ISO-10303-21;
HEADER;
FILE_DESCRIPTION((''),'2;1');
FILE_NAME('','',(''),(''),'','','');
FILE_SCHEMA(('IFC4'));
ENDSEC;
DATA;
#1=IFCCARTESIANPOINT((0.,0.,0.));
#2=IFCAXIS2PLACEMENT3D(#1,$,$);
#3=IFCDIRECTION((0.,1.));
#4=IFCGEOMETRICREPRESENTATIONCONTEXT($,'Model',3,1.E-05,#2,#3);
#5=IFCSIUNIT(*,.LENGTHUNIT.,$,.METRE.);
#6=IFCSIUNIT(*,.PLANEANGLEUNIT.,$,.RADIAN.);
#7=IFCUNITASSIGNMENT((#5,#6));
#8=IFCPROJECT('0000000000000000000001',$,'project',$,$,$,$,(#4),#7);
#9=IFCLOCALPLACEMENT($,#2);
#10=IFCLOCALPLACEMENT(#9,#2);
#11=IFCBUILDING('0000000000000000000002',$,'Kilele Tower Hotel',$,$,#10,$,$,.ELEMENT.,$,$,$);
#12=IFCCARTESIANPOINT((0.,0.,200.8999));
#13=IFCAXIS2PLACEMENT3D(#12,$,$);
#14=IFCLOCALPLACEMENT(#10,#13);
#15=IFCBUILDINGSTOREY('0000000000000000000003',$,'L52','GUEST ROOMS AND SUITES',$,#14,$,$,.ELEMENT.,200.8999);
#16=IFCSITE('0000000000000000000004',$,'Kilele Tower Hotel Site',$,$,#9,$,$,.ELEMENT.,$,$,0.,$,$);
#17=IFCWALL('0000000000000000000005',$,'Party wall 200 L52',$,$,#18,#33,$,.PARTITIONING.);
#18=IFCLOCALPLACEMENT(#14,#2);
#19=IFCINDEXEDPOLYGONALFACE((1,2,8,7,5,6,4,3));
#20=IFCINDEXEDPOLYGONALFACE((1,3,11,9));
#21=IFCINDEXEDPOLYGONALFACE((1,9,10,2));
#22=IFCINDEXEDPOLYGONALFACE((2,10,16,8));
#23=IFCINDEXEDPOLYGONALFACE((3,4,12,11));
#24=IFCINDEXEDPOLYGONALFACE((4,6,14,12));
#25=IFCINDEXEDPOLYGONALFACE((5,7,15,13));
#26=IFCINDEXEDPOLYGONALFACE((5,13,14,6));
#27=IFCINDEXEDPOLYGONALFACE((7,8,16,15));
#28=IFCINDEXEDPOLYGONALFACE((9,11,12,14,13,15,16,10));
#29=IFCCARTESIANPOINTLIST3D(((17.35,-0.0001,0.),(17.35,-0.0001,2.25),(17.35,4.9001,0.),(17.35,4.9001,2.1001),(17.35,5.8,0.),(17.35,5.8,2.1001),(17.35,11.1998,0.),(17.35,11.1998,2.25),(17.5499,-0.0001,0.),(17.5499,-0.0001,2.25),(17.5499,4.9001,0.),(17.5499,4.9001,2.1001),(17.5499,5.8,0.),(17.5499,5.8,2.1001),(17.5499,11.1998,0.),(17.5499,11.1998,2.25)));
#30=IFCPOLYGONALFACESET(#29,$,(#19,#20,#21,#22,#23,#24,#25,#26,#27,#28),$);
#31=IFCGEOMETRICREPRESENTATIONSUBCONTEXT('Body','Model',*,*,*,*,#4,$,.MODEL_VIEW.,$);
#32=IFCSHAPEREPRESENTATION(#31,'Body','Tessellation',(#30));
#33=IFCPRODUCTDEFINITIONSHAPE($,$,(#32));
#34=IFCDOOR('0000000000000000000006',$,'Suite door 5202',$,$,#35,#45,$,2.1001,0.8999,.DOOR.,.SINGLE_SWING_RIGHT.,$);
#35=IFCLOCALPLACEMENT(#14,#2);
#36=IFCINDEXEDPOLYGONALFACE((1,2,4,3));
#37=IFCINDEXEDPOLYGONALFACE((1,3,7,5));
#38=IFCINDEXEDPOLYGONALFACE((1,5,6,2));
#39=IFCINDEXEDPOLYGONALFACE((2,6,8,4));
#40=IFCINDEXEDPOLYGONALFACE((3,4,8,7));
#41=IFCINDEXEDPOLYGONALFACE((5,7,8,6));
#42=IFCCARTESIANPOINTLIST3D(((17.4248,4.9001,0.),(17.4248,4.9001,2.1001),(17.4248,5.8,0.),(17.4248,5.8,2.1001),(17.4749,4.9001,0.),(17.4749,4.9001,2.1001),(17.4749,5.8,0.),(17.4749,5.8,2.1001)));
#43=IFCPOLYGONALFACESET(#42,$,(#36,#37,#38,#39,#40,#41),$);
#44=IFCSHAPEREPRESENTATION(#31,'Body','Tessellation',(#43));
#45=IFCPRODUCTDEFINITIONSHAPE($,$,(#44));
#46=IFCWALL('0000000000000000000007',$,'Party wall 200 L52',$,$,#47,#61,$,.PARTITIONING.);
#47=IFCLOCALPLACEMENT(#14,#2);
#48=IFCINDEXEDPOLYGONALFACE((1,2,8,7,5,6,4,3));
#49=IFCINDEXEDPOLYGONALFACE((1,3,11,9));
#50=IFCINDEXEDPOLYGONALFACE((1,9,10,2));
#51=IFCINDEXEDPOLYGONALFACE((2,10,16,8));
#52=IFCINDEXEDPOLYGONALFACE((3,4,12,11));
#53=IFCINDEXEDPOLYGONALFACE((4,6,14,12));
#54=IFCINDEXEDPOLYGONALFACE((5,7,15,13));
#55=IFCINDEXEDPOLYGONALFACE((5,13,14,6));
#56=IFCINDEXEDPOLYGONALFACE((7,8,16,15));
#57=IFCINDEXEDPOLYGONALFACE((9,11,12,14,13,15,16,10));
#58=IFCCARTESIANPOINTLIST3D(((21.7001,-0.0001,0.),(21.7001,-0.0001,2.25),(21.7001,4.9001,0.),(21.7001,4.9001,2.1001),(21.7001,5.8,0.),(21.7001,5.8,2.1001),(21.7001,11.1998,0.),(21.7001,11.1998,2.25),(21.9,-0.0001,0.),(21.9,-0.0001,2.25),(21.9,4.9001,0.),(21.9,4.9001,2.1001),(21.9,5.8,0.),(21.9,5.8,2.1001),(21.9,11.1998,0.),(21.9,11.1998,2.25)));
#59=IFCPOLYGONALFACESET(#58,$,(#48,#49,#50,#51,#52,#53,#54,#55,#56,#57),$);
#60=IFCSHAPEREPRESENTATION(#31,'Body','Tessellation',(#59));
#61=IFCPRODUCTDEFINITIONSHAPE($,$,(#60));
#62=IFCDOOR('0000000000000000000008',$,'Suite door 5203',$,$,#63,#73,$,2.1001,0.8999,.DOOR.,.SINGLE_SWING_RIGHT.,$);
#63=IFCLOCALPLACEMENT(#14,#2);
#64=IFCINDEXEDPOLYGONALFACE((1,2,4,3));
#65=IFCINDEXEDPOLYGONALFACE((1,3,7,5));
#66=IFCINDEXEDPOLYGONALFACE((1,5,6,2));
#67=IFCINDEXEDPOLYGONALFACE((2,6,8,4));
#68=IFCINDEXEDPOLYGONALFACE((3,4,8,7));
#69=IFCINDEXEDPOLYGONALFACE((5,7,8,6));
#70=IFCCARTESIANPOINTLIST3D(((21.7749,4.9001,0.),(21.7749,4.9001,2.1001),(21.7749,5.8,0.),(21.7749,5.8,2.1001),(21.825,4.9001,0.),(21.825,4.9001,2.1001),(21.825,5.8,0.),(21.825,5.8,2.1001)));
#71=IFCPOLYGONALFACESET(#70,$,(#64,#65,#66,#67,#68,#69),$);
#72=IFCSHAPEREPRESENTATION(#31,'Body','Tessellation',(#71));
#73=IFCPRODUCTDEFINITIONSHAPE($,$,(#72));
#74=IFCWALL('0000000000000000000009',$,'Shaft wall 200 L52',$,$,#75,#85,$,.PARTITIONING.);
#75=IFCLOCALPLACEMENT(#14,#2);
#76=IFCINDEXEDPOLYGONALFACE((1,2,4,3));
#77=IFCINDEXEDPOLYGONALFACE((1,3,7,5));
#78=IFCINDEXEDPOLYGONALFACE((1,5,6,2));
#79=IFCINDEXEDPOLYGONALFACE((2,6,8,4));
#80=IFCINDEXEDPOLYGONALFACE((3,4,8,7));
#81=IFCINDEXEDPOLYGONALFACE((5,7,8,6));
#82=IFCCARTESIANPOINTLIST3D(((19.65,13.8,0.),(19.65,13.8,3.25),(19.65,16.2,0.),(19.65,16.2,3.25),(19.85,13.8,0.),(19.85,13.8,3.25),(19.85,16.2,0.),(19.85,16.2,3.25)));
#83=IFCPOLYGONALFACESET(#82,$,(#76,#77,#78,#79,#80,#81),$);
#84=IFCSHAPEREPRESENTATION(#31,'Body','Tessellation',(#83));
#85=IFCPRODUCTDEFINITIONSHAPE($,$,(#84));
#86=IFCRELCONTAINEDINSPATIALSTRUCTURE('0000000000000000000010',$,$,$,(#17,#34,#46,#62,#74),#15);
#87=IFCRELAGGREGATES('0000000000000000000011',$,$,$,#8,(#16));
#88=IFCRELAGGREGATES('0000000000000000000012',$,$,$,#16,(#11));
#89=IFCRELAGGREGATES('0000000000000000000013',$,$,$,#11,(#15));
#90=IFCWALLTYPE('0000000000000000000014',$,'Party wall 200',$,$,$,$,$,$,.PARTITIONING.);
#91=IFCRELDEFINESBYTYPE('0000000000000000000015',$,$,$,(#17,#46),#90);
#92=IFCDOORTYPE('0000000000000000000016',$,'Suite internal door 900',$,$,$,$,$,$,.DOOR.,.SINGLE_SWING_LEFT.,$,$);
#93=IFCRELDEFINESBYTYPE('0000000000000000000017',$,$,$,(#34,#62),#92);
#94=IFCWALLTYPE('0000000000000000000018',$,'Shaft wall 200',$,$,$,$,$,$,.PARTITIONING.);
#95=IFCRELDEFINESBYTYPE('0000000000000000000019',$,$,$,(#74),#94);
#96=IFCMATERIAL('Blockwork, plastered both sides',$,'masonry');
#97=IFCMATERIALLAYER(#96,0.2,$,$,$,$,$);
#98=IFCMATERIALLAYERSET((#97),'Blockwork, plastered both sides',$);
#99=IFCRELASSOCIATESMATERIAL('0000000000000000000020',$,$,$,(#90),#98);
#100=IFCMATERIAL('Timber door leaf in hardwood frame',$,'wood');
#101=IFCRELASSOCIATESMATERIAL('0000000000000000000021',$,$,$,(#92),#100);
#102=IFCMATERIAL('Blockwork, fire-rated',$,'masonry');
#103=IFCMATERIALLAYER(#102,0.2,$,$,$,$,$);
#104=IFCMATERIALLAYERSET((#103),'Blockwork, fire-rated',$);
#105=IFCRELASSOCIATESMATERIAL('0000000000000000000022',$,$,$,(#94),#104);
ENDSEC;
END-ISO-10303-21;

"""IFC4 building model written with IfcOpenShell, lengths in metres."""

from ifc_helpers import new_model, si_unit, direction, frame, frame_2d, origin, place, context, subcontext, project, spatial, rectangle, extrude, material, layer, layer_set, type_object, element, fill, save


model = new_model("IFC4")

# Units and contexts
model_context = context("Model", 3, precision=1e-05, world=origin(), true_north=direction((0.0, 1.0)))
body_context = subcontext(model_context, "Body", "Model", "MODEL_VIEW")
ifc_project = project(units=[si_unit("LENGTHUNIT", "METRE"), si_unit("PLANEANGLEUNIT", "RADIAN")], contexts=[model_context])

# Site, building, storey
site_placement = place(None, origin())
site = spatial("IfcSite", under=ifc_project, at=site_placement, Name="Kilele Tower Hotel Site", CompositionType="ELEMENT", RefElevation=0.0)
building_placement = place(site_placement, origin())
building = spatial("IfcBuilding", under=site, at=building_placement, Name="Kilele Tower Hotel", CompositionType="ELEMENT")
storey_placement = place(building_placement, frame((0.0, 0.0, 200.8999)))
storey = spatial("IfcBuildingStorey", under=building, at=storey_placement, Name="L52", Description="GUEST ROOMS AND SUITES", CompositionType="ELEMENT", Elevation=200.8999)

# Walls, openings, doors
ifc_material_1 = material(Name="Blockwork, plastered both sides", Category="masonry")
ifc_layer_1 = layer(ifc_material_1, 0.2)
ifc_layer_set_1 = layer_set([ifc_layer_1], Name="Blockwork, plastered both sides")
wall_type_1 = type_object("IfcWallType", Name="Party wall 200", PredefinedType="PARTITIONING", material=ifc_layer_set_1)
wall_1_placement = place(storey_placement, frame((17.45, 11.2, 0.0), z_axis=(0.0, 0.0, 1.0), x_axis=(0.0, -1.0, 0.0)))
wall_1 = element("IfcWall", 1, at=wall_1_placement, inside=storey, type_object=wall_type_1, Name="Party wall 200 L52", PredefinedType="PARTITIONING", context=body_context, shape_type="SweptSolid", body=[
    extrude(rectangle(XDim=11.2, YDim=0.2, at=frame_2d((5.6001, 0.0))), origin(), (0.0, 0.0, 1.0), 2.25),
])
opening_1_placement = place(wall_1_placement, frame((5.3999, 0.0, 0.0)))
opening_1 = element("IfcOpeningElement", 2, at=opening_1_placement, cuts=wall_1, PredefinedType="OPENING", context=body_context, shape_type="SweptSolid", body=[
    extrude(rectangle(XDim=0.8999, YDim=2.1001, at=frame_2d((0.45, 1.05))), frame((0.0, 0.1099, 0.0), z_axis=(0.0, -1.0, 0.0), x_axis=(1.0, 0.0, 0.0)), (0.0, 0.0, 1.0), 0.22),
])
ifc_material_2 = material(Name="Timber door leaf in hardwood frame", Category="wood")
door_type_1 = type_object("IfcDoorType", Name="Suite internal door 900", OperationType="SINGLE_SWING_LEFT", PredefinedType="DOOR", material=ifc_material_2)
door_1_placement = place(opening_1_placement, origin())
door_1 = element("IfcDoor", 3, at=door_1_placement, inside=storey, type_object=door_type_1, Name="Suite door 5202", OperationType="SINGLE_SWING_RIGHT", OverallHeight=2.1001, OverallWidth=0.8999, PredefinedType="DOOR", context=body_context, shape_type="SweptSolid", body=[
    extrude(rectangle(XDim=0.8999, YDim=2.1001, at=frame_2d((0.45, 1.05))), frame((0.0, 0.0249, 0.0), z_axis=(0.0, -1.0, 0.0), x_axis=(1.0, 0.0, 0.0)), (0.0, 0.0, 1.0), 0.05),
])
fill(opening_1, door_1)
wall_2_placement = place(storey_placement, frame((21.8, 11.2, 0.0), z_axis=(0.0, 0.0, 1.0), x_axis=(0.0, -1.0, 0.0)))
wall_2 = element("IfcWall", 4, at=wall_2_placement, inside=storey, type_object=wall_type_1, Name="Party wall 200 L52", PredefinedType="PARTITIONING", context=body_context, shape_type="SweptSolid", body=[
    extrude(rectangle(XDim=11.2, YDim=0.2, at=frame_2d((5.6001, 0.0))), origin(), (0.0, 0.0, 1.0), 2.25),
])
opening_2_placement = place(wall_2_placement, frame((5.3999, 0.0, 0.0)))
opening_2 = element("IfcOpeningElement", 5, at=opening_2_placement, cuts=wall_2, PredefinedType="OPENING", context=body_context, shape_type="SweptSolid", body=[
    extrude(rectangle(XDim=0.8999, YDim=2.1001, at=frame_2d((0.45, 1.05))), frame((0.0, 0.1099, 0.0), z_axis=(0.0, -1.0, 0.0), x_axis=(1.0, 0.0, 0.0)), (0.0, 0.0, 1.0), 0.22),
])
door_2_placement = place(opening_2_placement, origin())
door_2 = element("IfcDoor", 6, at=door_2_placement, inside=storey, type_object=door_type_1, Name="Suite door 5203", OperationType="SINGLE_SWING_RIGHT", OverallHeight=2.1001, OverallWidth=0.8999, PredefinedType="DOOR", context=body_context, shape_type="SweptSolid", body=[
    extrude(rectangle(XDim=0.8999, YDim=2.1001, at=frame_2d((0.45, 1.05))), frame((0.0, 0.0249, 0.0), z_axis=(0.0, -1.0, 0.0), x_axis=(1.0, 0.0, 0.0)), (0.0, 0.0, 1.0), 0.05),
])
fill(opening_2, door_2)

# Wall
ifc_material_3 = material(Name="Blockwork, fire-rated", Category="masonry")
ifc_layer_2 = layer(ifc_material_3, 0.2)
ifc_layer_set_2 = layer_set([ifc_layer_2], Name="Blockwork, fire-rated")
wall_type_2 = type_object("IfcWallType", Name="Shaft wall 200", PredefinedType="PARTITIONING", material=ifc_layer_set_2)
wall_3_placement = place(storey_placement, frame((19.75, 13.8, 0.0), z_axis=(0.0, 0.0, 1.0), x_axis=(0.0, 1.0, 0.0)))
element("IfcWall", 7, at=wall_3_placement, inside=storey, type_object=wall_type_2, Name="Shaft wall 200 L52", PredefinedType="PARTITIONING", context=body_context, shape_type="SweptSolid", body=[
    extrude(rectangle(XDim=2.3999, YDim=0.2, at=frame_2d((1.2, 0.0))), origin(), (0.0, 0.0, 1.0), 3.25),
])

save(model, "model.ifc")
